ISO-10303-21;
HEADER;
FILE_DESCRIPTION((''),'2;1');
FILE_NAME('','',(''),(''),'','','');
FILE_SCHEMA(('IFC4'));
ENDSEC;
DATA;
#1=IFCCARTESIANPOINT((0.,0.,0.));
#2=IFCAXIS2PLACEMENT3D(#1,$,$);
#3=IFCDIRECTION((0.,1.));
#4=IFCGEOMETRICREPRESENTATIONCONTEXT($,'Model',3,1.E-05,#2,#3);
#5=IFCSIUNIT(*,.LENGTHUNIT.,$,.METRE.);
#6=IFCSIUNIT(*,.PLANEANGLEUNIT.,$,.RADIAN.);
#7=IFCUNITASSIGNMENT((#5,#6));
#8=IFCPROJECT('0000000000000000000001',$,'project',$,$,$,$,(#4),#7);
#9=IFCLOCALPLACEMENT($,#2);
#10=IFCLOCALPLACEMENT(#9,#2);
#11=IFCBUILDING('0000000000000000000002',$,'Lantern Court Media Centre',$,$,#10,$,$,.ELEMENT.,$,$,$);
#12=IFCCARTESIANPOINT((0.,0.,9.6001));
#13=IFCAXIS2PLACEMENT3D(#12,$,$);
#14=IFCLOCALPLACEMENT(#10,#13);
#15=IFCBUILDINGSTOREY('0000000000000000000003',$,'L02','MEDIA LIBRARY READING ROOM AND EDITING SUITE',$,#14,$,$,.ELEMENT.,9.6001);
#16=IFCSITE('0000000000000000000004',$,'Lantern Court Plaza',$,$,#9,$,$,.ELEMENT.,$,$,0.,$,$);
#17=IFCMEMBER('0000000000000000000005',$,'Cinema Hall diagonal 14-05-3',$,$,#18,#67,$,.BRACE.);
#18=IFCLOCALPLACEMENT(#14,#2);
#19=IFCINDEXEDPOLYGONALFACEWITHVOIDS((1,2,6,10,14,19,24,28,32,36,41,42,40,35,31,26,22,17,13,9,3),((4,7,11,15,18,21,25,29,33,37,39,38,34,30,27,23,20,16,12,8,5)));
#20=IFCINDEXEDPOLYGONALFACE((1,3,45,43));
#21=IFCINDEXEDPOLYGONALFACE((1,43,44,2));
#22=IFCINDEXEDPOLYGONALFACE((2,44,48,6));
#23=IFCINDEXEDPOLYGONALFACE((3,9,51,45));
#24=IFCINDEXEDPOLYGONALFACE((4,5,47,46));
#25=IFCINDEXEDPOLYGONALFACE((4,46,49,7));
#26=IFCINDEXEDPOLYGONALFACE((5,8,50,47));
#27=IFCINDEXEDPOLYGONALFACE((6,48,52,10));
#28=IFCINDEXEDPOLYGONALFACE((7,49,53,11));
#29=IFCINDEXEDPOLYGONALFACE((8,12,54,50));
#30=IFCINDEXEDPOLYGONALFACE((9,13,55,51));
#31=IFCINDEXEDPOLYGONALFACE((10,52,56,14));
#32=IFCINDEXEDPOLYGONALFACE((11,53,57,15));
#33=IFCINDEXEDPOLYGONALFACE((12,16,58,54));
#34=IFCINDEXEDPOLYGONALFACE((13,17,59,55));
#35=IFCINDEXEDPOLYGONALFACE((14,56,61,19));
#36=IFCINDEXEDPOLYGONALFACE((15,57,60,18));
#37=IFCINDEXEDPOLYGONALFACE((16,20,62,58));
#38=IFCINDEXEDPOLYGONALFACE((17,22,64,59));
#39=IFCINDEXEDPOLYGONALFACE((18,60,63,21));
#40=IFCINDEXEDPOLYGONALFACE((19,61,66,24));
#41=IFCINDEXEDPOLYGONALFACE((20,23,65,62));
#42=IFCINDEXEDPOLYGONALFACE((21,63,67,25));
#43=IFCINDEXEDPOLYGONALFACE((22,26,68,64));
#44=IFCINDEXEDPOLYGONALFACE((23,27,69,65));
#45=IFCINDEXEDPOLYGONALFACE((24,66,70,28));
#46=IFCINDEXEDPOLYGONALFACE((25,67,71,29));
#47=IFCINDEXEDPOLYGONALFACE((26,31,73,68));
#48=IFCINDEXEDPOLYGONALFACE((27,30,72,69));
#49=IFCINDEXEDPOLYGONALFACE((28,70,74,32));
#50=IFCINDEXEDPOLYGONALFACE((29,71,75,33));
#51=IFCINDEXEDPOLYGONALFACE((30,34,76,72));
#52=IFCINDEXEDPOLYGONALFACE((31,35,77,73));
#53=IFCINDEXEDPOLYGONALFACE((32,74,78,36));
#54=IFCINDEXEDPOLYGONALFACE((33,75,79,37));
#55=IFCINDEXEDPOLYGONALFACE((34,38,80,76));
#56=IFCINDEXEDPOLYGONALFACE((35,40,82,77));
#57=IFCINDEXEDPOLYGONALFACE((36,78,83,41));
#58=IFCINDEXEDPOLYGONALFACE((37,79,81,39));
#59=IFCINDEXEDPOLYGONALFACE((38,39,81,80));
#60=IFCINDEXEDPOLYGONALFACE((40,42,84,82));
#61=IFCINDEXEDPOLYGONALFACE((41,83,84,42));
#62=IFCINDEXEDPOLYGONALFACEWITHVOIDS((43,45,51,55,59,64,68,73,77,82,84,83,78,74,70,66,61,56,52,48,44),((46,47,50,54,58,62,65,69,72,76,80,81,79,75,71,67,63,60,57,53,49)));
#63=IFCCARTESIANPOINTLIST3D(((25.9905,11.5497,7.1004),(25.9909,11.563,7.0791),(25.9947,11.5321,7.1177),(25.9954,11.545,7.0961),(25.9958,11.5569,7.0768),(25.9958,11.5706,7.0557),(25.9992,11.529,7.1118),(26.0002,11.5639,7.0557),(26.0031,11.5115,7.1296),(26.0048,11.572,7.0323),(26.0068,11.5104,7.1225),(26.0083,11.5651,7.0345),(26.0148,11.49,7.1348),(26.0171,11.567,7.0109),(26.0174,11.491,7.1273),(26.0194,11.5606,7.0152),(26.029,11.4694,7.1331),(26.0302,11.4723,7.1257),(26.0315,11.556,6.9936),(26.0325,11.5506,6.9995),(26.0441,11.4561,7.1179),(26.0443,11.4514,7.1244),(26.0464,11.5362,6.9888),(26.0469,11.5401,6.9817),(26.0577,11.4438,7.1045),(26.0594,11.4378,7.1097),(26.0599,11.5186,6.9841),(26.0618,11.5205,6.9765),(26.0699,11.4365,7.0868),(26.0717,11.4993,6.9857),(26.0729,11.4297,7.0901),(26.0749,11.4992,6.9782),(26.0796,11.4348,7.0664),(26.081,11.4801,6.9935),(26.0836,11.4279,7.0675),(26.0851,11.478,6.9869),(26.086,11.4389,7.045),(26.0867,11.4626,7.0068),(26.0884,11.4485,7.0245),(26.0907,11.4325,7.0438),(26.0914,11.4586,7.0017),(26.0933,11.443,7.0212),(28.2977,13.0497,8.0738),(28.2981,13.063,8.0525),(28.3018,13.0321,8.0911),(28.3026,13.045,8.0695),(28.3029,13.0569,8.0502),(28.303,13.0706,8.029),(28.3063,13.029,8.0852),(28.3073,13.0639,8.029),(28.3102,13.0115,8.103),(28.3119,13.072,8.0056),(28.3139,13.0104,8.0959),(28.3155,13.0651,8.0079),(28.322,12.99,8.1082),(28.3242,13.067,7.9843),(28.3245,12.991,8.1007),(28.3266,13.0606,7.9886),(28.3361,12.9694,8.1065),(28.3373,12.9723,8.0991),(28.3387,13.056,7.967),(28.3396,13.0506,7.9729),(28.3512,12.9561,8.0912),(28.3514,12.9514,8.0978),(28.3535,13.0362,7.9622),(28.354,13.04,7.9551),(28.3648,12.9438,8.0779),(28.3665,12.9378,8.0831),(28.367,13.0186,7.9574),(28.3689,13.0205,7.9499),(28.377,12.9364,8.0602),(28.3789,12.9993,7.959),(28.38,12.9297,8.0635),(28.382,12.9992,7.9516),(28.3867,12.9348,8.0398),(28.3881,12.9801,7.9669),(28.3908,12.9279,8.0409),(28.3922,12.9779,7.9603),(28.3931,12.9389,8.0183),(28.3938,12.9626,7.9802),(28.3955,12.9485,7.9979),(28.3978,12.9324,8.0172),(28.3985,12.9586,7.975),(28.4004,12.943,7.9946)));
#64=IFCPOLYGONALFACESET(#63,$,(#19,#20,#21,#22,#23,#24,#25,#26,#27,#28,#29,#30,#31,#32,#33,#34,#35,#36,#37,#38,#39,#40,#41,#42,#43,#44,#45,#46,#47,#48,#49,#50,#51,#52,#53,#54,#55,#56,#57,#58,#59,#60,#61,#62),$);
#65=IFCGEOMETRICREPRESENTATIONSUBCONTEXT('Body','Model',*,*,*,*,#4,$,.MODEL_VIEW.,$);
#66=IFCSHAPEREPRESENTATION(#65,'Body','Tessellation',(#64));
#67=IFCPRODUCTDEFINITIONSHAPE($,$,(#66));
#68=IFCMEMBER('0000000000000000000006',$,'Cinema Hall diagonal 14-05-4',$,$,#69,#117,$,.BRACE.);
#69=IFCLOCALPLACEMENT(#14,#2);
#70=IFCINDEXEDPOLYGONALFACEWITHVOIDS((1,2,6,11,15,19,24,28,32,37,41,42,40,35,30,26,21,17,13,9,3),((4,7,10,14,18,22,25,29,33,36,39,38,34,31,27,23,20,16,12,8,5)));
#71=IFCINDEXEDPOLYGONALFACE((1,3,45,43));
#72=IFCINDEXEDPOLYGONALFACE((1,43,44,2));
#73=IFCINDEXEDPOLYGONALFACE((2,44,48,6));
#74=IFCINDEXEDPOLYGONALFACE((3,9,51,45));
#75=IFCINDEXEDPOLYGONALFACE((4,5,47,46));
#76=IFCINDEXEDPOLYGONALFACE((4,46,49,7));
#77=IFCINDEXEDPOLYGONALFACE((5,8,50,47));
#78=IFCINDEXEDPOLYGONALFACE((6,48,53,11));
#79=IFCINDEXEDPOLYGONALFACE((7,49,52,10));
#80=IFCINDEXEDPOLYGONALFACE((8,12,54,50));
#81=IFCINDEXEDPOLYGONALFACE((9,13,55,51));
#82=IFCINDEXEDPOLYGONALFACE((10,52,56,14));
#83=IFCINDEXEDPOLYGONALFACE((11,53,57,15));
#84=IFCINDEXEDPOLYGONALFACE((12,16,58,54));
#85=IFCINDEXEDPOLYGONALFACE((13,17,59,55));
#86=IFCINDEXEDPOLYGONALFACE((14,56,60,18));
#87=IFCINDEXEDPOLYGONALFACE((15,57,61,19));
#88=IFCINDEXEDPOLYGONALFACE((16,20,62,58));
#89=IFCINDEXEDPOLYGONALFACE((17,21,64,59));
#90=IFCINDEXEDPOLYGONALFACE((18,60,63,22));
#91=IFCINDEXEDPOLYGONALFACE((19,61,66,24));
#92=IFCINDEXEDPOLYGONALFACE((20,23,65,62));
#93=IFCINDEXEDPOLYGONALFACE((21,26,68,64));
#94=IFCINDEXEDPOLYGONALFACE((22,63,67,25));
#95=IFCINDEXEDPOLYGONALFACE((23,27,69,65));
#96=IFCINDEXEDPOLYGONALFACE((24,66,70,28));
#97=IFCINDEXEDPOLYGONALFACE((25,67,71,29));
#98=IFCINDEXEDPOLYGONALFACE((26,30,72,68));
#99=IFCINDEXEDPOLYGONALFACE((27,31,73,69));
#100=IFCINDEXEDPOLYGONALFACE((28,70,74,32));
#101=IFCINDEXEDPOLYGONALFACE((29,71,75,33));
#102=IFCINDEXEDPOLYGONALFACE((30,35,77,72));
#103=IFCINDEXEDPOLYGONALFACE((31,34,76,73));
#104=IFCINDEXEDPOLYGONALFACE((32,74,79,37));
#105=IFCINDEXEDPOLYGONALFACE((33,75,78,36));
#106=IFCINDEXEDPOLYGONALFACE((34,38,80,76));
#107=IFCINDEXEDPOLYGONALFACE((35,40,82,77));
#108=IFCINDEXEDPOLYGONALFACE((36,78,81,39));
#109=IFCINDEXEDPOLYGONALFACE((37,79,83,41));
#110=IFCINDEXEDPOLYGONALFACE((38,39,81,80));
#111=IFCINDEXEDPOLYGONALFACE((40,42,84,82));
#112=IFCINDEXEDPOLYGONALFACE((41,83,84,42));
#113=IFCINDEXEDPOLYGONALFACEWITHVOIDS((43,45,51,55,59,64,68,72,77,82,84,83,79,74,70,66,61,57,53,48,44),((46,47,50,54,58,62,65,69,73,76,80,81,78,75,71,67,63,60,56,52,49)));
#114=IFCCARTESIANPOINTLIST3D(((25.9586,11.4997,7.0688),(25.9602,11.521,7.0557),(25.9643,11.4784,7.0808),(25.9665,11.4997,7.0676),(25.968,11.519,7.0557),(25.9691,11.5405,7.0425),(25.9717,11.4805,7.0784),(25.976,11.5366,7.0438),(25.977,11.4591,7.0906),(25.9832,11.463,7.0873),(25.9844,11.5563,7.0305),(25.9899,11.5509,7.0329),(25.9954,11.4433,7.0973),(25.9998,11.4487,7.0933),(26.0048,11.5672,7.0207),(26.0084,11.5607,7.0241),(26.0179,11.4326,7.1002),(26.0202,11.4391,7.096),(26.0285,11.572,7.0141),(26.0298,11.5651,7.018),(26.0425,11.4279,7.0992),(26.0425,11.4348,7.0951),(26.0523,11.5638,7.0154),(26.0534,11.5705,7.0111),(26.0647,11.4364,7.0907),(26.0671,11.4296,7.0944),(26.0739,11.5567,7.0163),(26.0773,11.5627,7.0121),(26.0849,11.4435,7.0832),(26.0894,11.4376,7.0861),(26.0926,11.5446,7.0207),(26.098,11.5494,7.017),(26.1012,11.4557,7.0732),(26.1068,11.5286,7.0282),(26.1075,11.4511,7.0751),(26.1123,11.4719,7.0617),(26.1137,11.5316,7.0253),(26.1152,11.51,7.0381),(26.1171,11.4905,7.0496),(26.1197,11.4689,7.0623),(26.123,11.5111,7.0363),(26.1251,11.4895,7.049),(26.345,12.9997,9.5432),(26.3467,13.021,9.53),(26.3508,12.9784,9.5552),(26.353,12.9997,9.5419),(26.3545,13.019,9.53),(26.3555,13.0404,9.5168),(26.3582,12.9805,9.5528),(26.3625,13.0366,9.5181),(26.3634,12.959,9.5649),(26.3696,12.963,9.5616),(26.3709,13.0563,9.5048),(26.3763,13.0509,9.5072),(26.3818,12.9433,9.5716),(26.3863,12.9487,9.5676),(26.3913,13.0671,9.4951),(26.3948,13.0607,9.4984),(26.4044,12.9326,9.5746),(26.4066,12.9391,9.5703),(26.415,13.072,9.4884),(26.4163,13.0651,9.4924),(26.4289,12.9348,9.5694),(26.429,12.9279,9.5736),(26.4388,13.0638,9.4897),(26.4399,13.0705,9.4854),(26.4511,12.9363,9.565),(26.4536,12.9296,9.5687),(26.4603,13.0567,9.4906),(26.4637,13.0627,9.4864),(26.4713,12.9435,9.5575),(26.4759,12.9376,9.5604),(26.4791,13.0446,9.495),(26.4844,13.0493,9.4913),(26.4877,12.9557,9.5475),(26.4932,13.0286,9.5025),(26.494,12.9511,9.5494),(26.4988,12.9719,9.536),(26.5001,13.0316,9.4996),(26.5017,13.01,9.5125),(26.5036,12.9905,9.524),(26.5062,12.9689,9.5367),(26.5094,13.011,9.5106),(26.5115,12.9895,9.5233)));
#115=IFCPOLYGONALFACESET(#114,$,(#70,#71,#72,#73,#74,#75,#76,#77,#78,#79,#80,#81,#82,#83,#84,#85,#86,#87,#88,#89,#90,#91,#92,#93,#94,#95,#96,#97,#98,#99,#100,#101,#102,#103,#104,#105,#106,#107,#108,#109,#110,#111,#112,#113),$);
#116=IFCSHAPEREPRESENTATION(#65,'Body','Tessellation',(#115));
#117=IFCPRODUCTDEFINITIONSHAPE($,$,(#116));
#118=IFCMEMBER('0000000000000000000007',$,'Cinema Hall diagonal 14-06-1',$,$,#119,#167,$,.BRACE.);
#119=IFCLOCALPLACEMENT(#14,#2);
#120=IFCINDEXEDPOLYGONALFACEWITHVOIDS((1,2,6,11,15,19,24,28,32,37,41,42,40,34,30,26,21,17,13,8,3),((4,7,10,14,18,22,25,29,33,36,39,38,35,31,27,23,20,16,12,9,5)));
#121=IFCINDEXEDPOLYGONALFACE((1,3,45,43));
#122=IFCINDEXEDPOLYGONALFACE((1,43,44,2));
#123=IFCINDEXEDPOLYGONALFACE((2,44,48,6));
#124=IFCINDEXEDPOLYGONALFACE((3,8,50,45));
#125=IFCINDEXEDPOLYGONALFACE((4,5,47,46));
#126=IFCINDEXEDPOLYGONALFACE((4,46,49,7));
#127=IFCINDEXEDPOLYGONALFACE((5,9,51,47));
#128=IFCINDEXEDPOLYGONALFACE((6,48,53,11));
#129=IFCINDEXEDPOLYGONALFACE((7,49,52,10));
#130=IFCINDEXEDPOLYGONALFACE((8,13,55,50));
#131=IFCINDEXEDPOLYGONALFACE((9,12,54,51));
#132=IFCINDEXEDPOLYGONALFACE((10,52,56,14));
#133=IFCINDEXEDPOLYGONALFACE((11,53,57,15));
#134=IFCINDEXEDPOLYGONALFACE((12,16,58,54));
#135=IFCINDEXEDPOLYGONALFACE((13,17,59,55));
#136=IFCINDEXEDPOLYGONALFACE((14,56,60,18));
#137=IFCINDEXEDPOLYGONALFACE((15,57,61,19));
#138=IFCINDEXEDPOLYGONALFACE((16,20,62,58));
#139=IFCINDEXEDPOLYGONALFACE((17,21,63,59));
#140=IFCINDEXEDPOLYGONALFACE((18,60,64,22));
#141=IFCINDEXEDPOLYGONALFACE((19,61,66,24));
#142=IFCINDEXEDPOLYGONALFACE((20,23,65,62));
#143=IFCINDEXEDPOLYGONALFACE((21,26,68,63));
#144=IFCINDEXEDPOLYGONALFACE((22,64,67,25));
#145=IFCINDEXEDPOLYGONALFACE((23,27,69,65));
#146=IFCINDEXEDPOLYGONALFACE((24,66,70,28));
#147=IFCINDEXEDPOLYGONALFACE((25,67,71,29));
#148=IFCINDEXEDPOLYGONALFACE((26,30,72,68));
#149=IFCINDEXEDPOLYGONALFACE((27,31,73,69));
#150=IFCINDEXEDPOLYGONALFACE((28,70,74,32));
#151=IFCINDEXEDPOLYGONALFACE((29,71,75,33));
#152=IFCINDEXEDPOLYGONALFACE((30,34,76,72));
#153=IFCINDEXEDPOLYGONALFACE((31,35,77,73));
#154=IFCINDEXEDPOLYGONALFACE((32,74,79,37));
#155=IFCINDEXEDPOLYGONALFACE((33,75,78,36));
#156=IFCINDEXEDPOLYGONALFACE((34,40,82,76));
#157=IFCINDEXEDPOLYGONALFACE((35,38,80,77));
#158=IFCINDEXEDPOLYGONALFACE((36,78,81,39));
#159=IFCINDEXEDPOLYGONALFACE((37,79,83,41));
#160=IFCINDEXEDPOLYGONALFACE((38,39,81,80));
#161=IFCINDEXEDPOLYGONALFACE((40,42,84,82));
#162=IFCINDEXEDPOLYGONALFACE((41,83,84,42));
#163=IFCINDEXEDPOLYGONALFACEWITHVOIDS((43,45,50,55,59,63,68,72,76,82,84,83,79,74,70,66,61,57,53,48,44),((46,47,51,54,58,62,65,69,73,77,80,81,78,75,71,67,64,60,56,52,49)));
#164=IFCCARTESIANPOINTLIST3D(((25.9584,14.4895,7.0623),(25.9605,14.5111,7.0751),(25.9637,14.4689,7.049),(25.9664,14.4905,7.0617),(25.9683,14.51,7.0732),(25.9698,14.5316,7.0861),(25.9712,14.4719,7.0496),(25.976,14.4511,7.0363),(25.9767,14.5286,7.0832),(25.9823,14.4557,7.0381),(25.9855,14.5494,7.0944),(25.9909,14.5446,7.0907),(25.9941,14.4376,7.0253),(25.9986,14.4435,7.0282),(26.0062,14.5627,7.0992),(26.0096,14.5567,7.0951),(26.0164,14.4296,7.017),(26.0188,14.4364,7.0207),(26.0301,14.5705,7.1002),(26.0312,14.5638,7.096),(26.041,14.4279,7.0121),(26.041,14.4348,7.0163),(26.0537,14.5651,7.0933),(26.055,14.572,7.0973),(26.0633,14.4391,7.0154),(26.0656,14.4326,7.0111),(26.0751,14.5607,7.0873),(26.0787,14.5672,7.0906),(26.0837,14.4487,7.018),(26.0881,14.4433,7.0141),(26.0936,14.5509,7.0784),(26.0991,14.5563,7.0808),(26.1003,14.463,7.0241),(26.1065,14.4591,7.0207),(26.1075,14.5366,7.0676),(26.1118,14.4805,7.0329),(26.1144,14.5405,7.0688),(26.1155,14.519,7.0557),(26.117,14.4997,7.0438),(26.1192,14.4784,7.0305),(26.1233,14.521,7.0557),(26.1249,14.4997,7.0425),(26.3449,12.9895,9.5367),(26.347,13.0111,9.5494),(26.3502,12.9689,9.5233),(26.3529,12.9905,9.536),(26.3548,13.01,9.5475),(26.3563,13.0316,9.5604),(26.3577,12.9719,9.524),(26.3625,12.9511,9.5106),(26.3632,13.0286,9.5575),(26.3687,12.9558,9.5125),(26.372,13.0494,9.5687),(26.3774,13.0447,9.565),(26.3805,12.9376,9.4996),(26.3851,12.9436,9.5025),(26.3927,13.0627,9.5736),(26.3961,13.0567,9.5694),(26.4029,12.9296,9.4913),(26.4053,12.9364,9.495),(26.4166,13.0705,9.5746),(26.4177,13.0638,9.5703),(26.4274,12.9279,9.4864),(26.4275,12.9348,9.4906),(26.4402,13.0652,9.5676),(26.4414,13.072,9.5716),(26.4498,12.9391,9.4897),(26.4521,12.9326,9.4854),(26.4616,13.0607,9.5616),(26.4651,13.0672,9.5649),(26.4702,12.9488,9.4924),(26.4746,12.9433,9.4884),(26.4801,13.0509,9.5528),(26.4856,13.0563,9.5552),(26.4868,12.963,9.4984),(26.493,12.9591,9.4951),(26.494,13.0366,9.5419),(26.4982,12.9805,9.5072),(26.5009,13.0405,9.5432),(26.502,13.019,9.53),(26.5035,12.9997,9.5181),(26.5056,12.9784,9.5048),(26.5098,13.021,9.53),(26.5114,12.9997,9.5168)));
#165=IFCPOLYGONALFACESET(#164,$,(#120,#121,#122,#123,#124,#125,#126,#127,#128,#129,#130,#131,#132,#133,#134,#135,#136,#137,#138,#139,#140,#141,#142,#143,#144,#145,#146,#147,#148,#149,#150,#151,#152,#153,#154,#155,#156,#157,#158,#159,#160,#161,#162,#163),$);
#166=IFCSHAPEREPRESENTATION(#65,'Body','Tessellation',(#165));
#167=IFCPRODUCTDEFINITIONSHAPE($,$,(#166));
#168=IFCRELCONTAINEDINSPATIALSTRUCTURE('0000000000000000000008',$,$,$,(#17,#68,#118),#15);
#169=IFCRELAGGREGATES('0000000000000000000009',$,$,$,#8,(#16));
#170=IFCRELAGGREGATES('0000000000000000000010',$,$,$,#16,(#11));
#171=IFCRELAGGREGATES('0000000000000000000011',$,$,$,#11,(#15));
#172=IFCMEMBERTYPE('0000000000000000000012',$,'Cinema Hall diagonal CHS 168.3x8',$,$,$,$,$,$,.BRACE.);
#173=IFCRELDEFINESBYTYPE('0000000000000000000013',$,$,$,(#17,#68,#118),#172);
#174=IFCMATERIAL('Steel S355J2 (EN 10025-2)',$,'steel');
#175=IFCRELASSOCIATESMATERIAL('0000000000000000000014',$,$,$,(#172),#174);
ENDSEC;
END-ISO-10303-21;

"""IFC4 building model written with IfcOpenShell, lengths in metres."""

from ifc_helpers import new_model, si_unit, direction, frame, origin, origin_2d, place, context, subcontext, project, spatial, hollow_circle, extrude, material, material_profile, profile_set, type_object, element, save


model = new_model("IFC4")

# Units and contexts
model_context = context("Model", 3, precision=1e-05, world=origin(), true_north=direction((0.0, 1.0)))
body_context = subcontext(model_context, "Body", "Model", "MODEL_VIEW")
ifc_project = project(units=[si_unit("LENGTHUNIT", "METRE"), si_unit("PLANEANGLEUNIT", "RADIAN")], contexts=[model_context])

# Site, building, storey
site_placement = place(None, origin())
site = spatial("IfcSite", under=ifc_project, at=site_placement, Name="Lantern Court Plaza", CompositionType="ELEMENT", RefElevation=0.0)
building_placement = place(site_placement, origin())
building = spatial("IfcBuilding", under=site, at=building_placement, Name="Lantern Court Media Centre", CompositionType="ELEMENT")
storey_placement = place(building_placement, frame((0.0, 0.0, 9.6001)))
storey = spatial("IfcBuildingStorey", under=building, at=storey_placement, Name="L02", Description="MEDIA LIBRARY READING ROOM AND EDITING SUITE", CompositionType="ELEMENT", Elevation=9.6001)

# Members
ifc_material = material(Name="Steel S355J2 (EN 10025-2)", Category="steel")
ifc_material_profile_1 = material_profile(ifc_material, hollow_circle(Radius=0.0842, WallThickness=0.0081, at=origin_2d()), Name="Cinema Hall diagonal CHS 168.3x8")
ifc_profile_set_1 = profile_set([ifc_material_profile_1], Name="Steel S355J2 (EN 10025-2)")
member_type_1 = type_object("IfcMemberType", Name="Cinema Hall diagonal CHS 168.3x8", PredefinedType="BRACE", material=ifc_profile_set_1)
for number, where, z_axis, x_axis, name in (
    (1, (26.0417, 11.5, 7.0557), (0.790394, 0.513882, 0.333471), (-0.545082, 0.838383, 0.0), "Cinema Hall diagonal 14-05-3"),
):
    element("IfcMember", number, at=place(storey_placement, frame(where, z_axis=z_axis, x_axis=x_axis)), inside=storey, type_object=member_type_1, Name=name, PredefinedType="BRACE", context=body_context, shape_type="SweptSolid", body=[
        extrude(hollow_circle(Radius=0.0842, WallThickness=0.0081, at=origin_2d()), origin(), (0.0, 0.0, 1.0), 2.9189),
    ])
for number, where, z_axis, x_axis, name in (
    (2, (26.0417, 11.5, 7.0557), (0.13239, 0.513836, 0.847612), (-0.968374, 0.249501, 0.0), "Cinema Hall diagonal 14-05-4"),
    (3, (26.0417, 14.5, 7.0557), (0.13239, -0.513836, 0.847612), (0.968374, 0.249501, 0.0), "Cinema Hall diagonal 14-06-1"),
):
    element("IfcMember", number, at=place(storey_placement, frame(where, z_axis=z_axis, x_axis=x_axis)), inside=storey, type_object=member_type_1, Name=name, PredefinedType="BRACE", context=body_context, shape_type="SweptSolid", body=[
        extrude(hollow_circle(Radius=0.0842, WallThickness=0.0081, at=origin_2d()), origin(), (0.0, 0.0, 1.0), 2.9192),
    ])

save(model, "model.ifc")
